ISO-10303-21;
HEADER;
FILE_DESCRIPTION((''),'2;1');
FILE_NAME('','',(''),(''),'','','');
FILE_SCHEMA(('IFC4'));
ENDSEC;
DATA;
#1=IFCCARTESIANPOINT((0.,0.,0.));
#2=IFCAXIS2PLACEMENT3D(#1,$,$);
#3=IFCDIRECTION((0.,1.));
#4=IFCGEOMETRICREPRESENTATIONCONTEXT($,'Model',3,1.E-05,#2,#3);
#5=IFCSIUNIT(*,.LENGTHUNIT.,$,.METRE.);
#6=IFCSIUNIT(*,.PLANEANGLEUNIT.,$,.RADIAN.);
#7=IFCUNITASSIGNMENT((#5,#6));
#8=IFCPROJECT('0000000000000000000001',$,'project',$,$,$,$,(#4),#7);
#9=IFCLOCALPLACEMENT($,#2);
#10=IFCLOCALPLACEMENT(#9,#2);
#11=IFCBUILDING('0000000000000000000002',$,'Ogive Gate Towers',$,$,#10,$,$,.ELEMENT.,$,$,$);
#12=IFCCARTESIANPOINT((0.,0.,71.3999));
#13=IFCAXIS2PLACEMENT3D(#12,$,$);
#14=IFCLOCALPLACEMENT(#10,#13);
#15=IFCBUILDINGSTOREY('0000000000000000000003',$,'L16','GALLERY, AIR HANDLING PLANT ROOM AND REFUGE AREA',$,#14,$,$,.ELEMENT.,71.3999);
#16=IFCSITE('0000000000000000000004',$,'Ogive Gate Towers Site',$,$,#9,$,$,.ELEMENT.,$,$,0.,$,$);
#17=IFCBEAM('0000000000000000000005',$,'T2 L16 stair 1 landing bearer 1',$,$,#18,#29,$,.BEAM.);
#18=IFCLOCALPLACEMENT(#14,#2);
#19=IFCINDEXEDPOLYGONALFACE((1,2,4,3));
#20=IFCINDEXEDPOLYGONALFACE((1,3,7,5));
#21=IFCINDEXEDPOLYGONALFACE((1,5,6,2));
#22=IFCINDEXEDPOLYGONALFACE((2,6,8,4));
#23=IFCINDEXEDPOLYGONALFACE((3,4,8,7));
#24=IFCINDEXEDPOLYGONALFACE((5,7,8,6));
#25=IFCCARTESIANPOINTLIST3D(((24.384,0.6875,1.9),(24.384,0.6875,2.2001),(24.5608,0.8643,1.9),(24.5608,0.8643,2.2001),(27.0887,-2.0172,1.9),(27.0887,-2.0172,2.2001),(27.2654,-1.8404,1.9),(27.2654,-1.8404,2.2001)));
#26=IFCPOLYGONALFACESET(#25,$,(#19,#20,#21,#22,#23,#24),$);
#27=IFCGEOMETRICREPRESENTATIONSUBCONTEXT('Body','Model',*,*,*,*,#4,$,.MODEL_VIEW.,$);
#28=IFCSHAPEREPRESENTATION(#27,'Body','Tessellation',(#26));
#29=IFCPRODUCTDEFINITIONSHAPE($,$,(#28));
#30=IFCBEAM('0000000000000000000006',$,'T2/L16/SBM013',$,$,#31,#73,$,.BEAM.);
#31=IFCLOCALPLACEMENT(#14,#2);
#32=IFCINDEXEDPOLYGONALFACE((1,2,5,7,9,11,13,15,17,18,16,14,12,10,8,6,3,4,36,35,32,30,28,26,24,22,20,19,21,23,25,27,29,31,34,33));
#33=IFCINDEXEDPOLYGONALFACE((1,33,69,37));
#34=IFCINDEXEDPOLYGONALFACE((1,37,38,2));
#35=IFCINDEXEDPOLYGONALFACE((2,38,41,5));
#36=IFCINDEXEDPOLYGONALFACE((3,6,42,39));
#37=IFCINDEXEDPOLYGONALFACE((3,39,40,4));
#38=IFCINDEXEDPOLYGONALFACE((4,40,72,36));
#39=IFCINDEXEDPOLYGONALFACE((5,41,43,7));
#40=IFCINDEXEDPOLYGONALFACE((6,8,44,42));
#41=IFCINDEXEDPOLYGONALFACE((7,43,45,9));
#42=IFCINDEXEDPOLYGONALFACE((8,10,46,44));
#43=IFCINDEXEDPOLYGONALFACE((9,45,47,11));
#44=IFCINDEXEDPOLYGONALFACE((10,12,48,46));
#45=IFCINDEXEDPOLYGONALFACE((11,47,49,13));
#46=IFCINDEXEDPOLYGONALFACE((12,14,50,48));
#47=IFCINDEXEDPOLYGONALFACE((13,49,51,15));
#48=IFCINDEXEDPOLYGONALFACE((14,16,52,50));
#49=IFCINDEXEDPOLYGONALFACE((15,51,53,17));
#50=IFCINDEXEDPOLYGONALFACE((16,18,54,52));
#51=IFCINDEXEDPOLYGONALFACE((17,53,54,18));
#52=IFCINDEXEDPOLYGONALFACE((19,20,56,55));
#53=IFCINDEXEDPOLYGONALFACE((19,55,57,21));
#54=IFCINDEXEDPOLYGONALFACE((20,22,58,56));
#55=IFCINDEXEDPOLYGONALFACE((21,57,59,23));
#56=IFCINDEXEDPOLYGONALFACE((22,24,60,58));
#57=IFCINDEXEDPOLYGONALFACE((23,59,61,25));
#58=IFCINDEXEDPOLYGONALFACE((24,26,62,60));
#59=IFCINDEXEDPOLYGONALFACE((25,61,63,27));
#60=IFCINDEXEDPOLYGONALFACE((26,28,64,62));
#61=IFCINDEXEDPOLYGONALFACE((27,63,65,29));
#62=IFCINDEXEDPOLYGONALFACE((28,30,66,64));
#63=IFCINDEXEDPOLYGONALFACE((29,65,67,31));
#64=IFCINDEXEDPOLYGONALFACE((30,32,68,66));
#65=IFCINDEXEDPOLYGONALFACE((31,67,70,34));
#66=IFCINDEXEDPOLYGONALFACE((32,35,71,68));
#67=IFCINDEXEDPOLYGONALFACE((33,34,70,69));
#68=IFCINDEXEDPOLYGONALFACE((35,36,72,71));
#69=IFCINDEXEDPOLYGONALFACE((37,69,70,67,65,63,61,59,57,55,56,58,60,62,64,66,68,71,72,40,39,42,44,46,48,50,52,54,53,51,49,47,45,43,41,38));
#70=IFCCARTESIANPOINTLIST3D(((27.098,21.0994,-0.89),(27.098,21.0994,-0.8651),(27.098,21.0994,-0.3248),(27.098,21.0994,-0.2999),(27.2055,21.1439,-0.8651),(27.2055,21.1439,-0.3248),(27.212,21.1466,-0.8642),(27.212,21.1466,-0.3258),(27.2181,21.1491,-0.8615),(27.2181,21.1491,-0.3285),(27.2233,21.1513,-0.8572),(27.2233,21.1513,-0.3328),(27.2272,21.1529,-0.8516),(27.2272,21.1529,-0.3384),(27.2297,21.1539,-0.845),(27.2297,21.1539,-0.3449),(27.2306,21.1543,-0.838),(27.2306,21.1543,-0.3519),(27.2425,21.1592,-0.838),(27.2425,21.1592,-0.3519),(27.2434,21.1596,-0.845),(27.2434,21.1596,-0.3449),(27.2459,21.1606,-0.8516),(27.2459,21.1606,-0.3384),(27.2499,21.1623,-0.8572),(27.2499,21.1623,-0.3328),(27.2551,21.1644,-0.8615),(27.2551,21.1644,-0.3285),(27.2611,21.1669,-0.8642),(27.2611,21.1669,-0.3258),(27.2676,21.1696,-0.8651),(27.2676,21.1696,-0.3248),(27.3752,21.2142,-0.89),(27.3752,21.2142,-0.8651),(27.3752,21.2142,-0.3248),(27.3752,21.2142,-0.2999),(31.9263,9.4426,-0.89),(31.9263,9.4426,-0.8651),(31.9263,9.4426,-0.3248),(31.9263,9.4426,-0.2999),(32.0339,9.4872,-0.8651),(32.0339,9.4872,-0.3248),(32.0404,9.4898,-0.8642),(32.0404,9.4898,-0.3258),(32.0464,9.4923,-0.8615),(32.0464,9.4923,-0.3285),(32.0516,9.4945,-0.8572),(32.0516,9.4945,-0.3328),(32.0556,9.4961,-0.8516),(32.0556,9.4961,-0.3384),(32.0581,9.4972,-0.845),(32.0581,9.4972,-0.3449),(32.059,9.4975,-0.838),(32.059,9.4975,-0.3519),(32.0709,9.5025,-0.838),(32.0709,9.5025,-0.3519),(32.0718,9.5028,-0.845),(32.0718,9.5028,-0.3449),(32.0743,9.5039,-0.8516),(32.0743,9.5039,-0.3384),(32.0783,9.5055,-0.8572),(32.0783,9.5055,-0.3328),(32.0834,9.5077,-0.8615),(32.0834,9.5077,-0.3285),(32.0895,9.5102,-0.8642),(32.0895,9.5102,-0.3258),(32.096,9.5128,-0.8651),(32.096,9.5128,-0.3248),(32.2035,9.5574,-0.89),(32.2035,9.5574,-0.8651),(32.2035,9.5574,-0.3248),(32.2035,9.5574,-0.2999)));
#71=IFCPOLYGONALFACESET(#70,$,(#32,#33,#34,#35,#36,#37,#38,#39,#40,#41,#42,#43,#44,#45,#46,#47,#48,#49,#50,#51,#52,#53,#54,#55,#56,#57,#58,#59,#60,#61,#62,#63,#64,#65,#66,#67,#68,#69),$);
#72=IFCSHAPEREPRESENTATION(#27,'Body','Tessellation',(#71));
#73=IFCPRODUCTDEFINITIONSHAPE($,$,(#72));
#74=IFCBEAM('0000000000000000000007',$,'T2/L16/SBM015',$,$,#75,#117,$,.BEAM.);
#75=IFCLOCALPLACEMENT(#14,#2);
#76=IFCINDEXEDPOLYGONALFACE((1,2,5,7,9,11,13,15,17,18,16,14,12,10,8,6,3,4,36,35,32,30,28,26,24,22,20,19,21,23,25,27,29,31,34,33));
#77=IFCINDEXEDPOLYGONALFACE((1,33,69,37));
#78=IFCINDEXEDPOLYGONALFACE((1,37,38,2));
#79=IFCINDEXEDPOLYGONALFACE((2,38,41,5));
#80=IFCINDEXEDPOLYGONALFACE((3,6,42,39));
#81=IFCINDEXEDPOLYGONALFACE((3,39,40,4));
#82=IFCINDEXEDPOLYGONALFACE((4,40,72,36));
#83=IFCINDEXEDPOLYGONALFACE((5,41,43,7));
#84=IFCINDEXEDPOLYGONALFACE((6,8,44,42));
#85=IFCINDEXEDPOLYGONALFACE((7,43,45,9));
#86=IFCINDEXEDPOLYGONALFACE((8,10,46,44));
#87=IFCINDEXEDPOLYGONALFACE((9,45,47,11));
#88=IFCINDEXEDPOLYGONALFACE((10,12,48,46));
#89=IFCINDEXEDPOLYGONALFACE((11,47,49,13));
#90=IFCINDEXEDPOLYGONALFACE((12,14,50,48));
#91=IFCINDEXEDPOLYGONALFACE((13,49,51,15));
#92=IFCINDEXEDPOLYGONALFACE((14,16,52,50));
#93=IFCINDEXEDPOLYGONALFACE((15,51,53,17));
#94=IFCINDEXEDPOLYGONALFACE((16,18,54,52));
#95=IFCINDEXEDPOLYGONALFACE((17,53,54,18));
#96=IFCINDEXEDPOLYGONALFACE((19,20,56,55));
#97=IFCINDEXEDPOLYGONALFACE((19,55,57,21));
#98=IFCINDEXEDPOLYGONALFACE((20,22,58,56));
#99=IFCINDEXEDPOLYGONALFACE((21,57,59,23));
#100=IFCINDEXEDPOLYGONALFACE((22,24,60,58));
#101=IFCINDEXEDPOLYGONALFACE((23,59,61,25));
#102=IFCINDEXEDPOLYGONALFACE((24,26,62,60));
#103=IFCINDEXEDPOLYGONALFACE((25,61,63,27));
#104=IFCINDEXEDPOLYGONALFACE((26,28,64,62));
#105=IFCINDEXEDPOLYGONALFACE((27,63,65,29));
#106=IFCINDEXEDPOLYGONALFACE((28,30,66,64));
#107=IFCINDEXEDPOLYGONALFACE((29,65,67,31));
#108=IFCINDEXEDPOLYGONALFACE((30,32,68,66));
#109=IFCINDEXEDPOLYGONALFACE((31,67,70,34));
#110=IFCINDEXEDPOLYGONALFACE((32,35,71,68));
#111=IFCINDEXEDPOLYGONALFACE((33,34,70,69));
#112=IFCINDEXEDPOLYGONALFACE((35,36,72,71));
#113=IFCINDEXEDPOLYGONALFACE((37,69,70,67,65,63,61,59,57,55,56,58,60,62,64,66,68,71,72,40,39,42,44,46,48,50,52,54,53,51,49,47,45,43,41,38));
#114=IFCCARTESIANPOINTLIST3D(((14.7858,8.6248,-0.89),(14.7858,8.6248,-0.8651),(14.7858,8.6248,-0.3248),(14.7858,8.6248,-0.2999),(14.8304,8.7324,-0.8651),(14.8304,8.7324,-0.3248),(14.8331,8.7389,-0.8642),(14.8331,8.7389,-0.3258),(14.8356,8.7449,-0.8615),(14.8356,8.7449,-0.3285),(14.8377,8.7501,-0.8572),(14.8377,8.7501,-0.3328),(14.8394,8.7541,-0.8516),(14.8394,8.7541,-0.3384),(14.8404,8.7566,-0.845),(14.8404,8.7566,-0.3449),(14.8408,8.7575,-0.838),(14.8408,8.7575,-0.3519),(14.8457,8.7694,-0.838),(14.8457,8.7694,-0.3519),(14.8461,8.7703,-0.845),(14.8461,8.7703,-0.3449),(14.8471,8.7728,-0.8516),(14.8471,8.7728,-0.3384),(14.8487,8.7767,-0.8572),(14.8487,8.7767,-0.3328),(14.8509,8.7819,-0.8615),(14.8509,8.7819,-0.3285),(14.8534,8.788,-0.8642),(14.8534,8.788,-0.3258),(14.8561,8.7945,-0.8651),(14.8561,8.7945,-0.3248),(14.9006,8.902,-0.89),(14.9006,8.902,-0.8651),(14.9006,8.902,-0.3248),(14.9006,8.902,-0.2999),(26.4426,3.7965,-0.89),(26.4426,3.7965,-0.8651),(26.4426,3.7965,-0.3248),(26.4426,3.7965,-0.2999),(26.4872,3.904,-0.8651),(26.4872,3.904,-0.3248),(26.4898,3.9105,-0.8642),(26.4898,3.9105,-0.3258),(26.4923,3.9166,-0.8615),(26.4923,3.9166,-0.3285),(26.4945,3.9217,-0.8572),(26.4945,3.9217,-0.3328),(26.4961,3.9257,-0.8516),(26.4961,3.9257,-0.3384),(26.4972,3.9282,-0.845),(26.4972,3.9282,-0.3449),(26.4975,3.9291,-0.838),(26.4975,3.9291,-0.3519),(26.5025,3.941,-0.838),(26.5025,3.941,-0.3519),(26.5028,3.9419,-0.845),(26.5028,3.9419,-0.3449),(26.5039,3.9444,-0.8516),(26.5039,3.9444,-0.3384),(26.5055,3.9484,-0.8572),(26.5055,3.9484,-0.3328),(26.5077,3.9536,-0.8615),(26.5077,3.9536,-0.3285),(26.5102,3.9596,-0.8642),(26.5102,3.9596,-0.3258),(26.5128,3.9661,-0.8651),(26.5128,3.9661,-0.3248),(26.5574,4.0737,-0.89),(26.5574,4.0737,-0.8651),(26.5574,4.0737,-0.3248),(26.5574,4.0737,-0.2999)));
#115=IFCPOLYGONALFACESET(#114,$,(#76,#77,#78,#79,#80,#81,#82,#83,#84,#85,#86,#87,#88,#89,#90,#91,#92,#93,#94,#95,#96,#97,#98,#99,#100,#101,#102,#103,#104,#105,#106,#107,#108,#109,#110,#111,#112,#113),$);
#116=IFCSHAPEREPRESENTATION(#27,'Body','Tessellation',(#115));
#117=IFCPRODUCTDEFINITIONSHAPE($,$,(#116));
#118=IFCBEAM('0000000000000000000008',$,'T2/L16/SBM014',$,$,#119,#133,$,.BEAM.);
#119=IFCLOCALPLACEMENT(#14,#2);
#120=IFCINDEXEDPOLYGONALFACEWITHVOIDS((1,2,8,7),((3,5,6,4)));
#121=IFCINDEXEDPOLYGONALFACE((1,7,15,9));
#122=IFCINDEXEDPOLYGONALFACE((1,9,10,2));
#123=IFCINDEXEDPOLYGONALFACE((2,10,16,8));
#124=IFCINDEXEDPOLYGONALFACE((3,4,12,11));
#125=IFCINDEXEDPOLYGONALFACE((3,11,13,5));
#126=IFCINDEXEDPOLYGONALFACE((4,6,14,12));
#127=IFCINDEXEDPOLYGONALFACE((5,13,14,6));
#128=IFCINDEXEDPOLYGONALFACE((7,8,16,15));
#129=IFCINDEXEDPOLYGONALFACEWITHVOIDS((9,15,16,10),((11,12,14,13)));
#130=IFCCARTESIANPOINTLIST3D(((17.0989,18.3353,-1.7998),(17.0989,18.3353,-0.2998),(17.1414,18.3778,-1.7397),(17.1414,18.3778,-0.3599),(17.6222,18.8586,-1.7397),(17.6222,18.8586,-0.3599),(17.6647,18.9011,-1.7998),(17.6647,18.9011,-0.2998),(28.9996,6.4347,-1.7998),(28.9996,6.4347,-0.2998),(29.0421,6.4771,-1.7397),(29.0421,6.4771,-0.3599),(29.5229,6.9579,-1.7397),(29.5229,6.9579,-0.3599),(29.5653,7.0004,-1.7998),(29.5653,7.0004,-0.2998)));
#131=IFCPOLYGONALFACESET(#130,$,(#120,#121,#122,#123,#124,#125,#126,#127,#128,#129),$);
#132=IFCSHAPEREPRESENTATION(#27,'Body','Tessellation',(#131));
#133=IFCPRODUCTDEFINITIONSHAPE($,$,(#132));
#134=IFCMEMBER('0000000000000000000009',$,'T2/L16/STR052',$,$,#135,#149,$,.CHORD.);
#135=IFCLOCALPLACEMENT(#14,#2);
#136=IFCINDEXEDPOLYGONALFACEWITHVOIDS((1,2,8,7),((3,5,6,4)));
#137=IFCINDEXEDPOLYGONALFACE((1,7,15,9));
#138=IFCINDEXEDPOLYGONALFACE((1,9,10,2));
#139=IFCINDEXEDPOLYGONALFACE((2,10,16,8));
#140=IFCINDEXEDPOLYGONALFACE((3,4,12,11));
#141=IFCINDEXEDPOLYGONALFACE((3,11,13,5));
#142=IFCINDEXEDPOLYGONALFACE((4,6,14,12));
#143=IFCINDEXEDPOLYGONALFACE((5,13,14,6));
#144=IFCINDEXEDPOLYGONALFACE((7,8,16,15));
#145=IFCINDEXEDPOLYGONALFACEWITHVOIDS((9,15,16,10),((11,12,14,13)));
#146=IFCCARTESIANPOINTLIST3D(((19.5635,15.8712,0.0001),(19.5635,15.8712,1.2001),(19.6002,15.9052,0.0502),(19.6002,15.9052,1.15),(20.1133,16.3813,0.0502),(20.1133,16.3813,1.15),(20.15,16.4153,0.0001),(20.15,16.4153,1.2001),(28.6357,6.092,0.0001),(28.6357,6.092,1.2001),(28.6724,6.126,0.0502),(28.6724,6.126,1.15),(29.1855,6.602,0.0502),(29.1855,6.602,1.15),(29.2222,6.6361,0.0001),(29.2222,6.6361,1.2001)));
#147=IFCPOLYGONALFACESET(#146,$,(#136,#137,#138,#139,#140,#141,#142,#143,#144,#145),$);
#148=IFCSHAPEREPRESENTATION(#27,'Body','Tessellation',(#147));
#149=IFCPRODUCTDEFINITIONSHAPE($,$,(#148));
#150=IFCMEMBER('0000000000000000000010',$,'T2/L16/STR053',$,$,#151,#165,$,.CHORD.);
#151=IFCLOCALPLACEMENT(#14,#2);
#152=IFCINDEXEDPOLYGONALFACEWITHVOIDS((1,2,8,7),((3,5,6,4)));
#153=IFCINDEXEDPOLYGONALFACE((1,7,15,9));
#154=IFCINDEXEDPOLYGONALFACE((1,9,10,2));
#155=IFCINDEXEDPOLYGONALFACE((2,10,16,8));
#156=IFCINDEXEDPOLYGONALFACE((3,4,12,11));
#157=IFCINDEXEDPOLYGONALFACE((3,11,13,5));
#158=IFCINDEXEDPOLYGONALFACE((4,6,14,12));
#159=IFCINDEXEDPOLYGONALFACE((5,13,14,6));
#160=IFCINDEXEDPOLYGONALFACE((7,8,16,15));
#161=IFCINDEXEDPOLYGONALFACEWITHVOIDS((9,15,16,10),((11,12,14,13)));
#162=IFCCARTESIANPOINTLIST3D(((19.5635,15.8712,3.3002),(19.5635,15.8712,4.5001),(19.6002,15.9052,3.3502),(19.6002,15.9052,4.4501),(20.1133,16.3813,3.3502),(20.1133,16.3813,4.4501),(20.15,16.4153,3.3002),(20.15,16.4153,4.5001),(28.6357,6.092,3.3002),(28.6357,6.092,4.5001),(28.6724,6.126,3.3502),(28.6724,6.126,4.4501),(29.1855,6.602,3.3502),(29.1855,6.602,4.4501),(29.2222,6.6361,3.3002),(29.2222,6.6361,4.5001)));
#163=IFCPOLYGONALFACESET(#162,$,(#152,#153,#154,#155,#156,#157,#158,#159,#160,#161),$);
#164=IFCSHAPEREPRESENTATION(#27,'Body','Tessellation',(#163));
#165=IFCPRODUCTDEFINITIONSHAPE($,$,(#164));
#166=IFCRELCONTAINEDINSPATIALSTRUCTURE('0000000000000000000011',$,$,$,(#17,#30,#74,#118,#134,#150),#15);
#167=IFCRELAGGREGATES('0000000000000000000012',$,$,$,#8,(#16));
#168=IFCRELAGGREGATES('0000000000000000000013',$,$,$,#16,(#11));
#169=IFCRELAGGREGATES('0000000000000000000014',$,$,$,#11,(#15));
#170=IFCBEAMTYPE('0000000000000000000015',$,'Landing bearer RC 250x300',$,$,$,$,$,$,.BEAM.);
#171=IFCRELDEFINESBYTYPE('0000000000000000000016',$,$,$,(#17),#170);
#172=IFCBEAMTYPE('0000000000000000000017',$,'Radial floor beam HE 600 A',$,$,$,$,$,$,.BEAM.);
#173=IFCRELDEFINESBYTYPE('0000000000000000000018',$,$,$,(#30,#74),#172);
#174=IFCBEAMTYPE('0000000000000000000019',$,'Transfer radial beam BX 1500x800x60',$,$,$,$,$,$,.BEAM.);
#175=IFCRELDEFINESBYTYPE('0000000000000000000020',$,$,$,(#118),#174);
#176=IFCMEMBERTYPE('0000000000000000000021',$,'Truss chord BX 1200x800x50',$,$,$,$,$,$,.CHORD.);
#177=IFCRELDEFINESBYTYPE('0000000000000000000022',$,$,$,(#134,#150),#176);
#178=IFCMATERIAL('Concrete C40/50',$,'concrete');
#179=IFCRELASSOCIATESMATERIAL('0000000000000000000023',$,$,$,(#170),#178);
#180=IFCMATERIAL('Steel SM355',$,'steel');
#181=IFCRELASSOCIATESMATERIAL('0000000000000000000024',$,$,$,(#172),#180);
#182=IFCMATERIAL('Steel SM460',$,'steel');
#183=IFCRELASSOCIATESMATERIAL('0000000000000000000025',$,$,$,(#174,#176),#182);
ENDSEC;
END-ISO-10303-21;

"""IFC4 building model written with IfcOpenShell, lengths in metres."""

from ifc_helpers import new_model, si_unit, direction, frame, origin, origin_2d, place, context, subcontext, project, spatial, rectangle, hollow_rectangle, i_section, extrude, material, material_profile, profile_set, type_object, element, save


model = new_model("IFC4")

# Units and contexts
model_context = context("Model", 3, precision=1e-05, world=origin(), true_north=direction((0.0, 1.0)))
body_context = subcontext(model_context, "Body", "Model", "MODEL_VIEW")
ifc_project = project(units=[si_unit("LENGTHUNIT", "METRE"), si_unit("PLANEANGLEUNIT", "RADIAN")], contexts=[model_context])

# Site, building, storey
site_placement = place(None, origin())
site = spatial("IfcSite", under=ifc_project, at=site_placement, Name="Ogive Gate Towers Site", CompositionType="ELEMENT", RefElevation=0.0)
building_placement = place(site_placement, origin())
building = spatial("IfcBuilding", under=site, at=building_placement, Name="Ogive Gate Towers", CompositionType="ELEMENT")
storey_placement = place(building_placement, frame((0.0, 0.0, 71.3999)))
storey = spatial("IfcBuildingStorey", under=building, at=storey_placement, Name="L16", Description="GALLERY, AIR HANDLING PLANT ROOM AND REFUGE AREA", CompositionType="ELEMENT", Elevation=71.3999)

# Beams
ifc_material_1 = material(Name="Concrete C40/50", Category="concrete")
ifc_material_profile_1 = material_profile(ifc_material_1, rectangle(XDim=0.25, YDim=0.3, at=origin_2d()), Name="RC 250x300")
ifc_profile_set_1 = profile_set([ifc_material_profile_1], Name="Concrete C40/50")
beam_type_1 = type_object("IfcBeamType", Name="Landing bearer RC 250x300", PredefinedType="BEAM", material=ifc_profile_set_1)
beam_1_placement = place(storey_placement, frame((24.4724, 0.7759, 2.05), z_axis=(0.707107, -0.707107, 0.0), x_axis=(0.707107, 0.707107, 0.0)))
element("IfcBeam", 1, at=beam_1_placement, inside=storey, type_object=beam_type_1, Name="T2 L16 stair 1 landing bearer 1", PredefinedType="BEAM", context=body_context, shape_type="SweptSolid", body=[
    extrude(rectangle(XDim=0.25, YDim=0.3, at=origin_2d()), origin(), (0.0, 0.0, 1.0), 3.825),
])
ifc_material_2 = material(Name="Steel SM355", Category="steel")
ifc_material_profile_2 = material_profile(ifc_material_2, i_section(OverallWidth=0.3, OverallDepth=0.5901, WebThickness=0.0129, FlangeThickness=0.0249, FilletRadius=0.0271, at=origin_2d()), Name="HE 600 A")
ifc_profile_set_2 = profile_set([ifc_material_profile_2], Name="Steel SM355")
beam_type_2 = type_object("IfcBeamType", Name="Radial floor beam HE 600 A", PredefinedType="BEAM", material=ifc_profile_set_2)
for number, where, z_axis, x_axis, name in (
    (2, (32.0649, 9.5, -0.595), (-0.382683, 0.92388, 0.0), (-0.92388, -0.382683, 0.0), "T2/L16/SBM013"),
    (3, (26.5, 3.9351, -0.595), (-0.92388, 0.382683, 0.0), (-0.382683, -0.92388, 0.0), "T2/L16/SBM015"),
):
    element("IfcBeam", number, at=place(storey_placement, frame(where, z_axis=z_axis, x_axis=x_axis)), inside=storey, type_object=beam_type_2, Name=name, PredefinedType="BEAM", context=body_context, shape_type="SweptSolid", body=[
        extrude(i_section(OverallWidth=0.3, OverallDepth=0.5901, WebThickness=0.0129, FlangeThickness=0.0249, FilletRadius=0.0271, at=origin_2d()), origin(), (0.0, 0.0, 1.0), 12.6172),
    ])
ifc_material_3 = material(Name="Steel SM460", Category="steel")
ifc_material_profile_3 = material_profile(ifc_material_3, hollow_rectangle(XDim=0.8, YDim=1.5, WallThickness=0.0601, at=origin_2d()), Name="BX 1500x800x60")
ifc_profile_set_3 = profile_set([ifc_material_profile_3], Name="Steel SM460")
beam_type_3 = type_object("IfcBeamType", Name="Transfer radial beam BX 1500x800x60", PredefinedType="BEAM", material=ifc_profile_set_3)
beam_2_placement = place(storey_placement, frame((29.2825, 6.7175, -1.0498), z_axis=(-0.707107, 0.707107, 0.0), x_axis=(-0.707107, -0.707107, 0.0)))
element("IfcBeam", 4, at=beam_2_placement, inside=storey, type_object=beam_type_3, Name="T2/L16/SBM014", PredefinedType="BEAM", context=body_context, shape_type="SweptSolid", body=[
    extrude(hollow_rectangle(XDim=0.8, YDim=1.5, WallThickness=0.0601, at=origin_2d()), origin(), (0.0, 0.0, 1.0), 16.8301),
])

# Members
ifc_material_profile_4 = material_profile(ifc_material_3, hollow_rectangle(XDim=0.8, YDim=1.2, WallThickness=0.05, at=origin_2d()), Name="BX 1200x800x50")
ifc_profile_set_4 = profile_set([ifc_material_profile_4], Name="Steel SM460")
member_type_1 = type_object("IfcMemberType", Name="Truss chord BX 1200x800x50", PredefinedType="CHORD", material=ifc_profile_set_4)
for number, where, z_axis, x_axis, name in (
    (5, (28.929, 6.364, 0.6001), (-0.680108, 0.733112, 0.0), (-0.733112, -0.680108, 0.0), "T2/L16/STR052"),
    (6, (28.929, 6.364, 3.9001), (-0.680108, 0.733112, 0.0), (-0.733112, -0.680108, 0.0), "T2/L16/STR053"),
):
    element("IfcMember", number, at=place(storey_placement, frame(where, z_axis=z_axis, x_axis=x_axis)), inside=storey, type_object=member_type_1, Name=name, PredefinedType="CHORD", context=body_context, shape_type="SweptSolid", body=[
        extrude(hollow_rectangle(XDim=0.8, YDim=1.2, WallThickness=0.05, at=origin_2d()), origin(), (0.0, 0.0, 1.0), 13.3394),
    ])

save(model, "model.ifc")
